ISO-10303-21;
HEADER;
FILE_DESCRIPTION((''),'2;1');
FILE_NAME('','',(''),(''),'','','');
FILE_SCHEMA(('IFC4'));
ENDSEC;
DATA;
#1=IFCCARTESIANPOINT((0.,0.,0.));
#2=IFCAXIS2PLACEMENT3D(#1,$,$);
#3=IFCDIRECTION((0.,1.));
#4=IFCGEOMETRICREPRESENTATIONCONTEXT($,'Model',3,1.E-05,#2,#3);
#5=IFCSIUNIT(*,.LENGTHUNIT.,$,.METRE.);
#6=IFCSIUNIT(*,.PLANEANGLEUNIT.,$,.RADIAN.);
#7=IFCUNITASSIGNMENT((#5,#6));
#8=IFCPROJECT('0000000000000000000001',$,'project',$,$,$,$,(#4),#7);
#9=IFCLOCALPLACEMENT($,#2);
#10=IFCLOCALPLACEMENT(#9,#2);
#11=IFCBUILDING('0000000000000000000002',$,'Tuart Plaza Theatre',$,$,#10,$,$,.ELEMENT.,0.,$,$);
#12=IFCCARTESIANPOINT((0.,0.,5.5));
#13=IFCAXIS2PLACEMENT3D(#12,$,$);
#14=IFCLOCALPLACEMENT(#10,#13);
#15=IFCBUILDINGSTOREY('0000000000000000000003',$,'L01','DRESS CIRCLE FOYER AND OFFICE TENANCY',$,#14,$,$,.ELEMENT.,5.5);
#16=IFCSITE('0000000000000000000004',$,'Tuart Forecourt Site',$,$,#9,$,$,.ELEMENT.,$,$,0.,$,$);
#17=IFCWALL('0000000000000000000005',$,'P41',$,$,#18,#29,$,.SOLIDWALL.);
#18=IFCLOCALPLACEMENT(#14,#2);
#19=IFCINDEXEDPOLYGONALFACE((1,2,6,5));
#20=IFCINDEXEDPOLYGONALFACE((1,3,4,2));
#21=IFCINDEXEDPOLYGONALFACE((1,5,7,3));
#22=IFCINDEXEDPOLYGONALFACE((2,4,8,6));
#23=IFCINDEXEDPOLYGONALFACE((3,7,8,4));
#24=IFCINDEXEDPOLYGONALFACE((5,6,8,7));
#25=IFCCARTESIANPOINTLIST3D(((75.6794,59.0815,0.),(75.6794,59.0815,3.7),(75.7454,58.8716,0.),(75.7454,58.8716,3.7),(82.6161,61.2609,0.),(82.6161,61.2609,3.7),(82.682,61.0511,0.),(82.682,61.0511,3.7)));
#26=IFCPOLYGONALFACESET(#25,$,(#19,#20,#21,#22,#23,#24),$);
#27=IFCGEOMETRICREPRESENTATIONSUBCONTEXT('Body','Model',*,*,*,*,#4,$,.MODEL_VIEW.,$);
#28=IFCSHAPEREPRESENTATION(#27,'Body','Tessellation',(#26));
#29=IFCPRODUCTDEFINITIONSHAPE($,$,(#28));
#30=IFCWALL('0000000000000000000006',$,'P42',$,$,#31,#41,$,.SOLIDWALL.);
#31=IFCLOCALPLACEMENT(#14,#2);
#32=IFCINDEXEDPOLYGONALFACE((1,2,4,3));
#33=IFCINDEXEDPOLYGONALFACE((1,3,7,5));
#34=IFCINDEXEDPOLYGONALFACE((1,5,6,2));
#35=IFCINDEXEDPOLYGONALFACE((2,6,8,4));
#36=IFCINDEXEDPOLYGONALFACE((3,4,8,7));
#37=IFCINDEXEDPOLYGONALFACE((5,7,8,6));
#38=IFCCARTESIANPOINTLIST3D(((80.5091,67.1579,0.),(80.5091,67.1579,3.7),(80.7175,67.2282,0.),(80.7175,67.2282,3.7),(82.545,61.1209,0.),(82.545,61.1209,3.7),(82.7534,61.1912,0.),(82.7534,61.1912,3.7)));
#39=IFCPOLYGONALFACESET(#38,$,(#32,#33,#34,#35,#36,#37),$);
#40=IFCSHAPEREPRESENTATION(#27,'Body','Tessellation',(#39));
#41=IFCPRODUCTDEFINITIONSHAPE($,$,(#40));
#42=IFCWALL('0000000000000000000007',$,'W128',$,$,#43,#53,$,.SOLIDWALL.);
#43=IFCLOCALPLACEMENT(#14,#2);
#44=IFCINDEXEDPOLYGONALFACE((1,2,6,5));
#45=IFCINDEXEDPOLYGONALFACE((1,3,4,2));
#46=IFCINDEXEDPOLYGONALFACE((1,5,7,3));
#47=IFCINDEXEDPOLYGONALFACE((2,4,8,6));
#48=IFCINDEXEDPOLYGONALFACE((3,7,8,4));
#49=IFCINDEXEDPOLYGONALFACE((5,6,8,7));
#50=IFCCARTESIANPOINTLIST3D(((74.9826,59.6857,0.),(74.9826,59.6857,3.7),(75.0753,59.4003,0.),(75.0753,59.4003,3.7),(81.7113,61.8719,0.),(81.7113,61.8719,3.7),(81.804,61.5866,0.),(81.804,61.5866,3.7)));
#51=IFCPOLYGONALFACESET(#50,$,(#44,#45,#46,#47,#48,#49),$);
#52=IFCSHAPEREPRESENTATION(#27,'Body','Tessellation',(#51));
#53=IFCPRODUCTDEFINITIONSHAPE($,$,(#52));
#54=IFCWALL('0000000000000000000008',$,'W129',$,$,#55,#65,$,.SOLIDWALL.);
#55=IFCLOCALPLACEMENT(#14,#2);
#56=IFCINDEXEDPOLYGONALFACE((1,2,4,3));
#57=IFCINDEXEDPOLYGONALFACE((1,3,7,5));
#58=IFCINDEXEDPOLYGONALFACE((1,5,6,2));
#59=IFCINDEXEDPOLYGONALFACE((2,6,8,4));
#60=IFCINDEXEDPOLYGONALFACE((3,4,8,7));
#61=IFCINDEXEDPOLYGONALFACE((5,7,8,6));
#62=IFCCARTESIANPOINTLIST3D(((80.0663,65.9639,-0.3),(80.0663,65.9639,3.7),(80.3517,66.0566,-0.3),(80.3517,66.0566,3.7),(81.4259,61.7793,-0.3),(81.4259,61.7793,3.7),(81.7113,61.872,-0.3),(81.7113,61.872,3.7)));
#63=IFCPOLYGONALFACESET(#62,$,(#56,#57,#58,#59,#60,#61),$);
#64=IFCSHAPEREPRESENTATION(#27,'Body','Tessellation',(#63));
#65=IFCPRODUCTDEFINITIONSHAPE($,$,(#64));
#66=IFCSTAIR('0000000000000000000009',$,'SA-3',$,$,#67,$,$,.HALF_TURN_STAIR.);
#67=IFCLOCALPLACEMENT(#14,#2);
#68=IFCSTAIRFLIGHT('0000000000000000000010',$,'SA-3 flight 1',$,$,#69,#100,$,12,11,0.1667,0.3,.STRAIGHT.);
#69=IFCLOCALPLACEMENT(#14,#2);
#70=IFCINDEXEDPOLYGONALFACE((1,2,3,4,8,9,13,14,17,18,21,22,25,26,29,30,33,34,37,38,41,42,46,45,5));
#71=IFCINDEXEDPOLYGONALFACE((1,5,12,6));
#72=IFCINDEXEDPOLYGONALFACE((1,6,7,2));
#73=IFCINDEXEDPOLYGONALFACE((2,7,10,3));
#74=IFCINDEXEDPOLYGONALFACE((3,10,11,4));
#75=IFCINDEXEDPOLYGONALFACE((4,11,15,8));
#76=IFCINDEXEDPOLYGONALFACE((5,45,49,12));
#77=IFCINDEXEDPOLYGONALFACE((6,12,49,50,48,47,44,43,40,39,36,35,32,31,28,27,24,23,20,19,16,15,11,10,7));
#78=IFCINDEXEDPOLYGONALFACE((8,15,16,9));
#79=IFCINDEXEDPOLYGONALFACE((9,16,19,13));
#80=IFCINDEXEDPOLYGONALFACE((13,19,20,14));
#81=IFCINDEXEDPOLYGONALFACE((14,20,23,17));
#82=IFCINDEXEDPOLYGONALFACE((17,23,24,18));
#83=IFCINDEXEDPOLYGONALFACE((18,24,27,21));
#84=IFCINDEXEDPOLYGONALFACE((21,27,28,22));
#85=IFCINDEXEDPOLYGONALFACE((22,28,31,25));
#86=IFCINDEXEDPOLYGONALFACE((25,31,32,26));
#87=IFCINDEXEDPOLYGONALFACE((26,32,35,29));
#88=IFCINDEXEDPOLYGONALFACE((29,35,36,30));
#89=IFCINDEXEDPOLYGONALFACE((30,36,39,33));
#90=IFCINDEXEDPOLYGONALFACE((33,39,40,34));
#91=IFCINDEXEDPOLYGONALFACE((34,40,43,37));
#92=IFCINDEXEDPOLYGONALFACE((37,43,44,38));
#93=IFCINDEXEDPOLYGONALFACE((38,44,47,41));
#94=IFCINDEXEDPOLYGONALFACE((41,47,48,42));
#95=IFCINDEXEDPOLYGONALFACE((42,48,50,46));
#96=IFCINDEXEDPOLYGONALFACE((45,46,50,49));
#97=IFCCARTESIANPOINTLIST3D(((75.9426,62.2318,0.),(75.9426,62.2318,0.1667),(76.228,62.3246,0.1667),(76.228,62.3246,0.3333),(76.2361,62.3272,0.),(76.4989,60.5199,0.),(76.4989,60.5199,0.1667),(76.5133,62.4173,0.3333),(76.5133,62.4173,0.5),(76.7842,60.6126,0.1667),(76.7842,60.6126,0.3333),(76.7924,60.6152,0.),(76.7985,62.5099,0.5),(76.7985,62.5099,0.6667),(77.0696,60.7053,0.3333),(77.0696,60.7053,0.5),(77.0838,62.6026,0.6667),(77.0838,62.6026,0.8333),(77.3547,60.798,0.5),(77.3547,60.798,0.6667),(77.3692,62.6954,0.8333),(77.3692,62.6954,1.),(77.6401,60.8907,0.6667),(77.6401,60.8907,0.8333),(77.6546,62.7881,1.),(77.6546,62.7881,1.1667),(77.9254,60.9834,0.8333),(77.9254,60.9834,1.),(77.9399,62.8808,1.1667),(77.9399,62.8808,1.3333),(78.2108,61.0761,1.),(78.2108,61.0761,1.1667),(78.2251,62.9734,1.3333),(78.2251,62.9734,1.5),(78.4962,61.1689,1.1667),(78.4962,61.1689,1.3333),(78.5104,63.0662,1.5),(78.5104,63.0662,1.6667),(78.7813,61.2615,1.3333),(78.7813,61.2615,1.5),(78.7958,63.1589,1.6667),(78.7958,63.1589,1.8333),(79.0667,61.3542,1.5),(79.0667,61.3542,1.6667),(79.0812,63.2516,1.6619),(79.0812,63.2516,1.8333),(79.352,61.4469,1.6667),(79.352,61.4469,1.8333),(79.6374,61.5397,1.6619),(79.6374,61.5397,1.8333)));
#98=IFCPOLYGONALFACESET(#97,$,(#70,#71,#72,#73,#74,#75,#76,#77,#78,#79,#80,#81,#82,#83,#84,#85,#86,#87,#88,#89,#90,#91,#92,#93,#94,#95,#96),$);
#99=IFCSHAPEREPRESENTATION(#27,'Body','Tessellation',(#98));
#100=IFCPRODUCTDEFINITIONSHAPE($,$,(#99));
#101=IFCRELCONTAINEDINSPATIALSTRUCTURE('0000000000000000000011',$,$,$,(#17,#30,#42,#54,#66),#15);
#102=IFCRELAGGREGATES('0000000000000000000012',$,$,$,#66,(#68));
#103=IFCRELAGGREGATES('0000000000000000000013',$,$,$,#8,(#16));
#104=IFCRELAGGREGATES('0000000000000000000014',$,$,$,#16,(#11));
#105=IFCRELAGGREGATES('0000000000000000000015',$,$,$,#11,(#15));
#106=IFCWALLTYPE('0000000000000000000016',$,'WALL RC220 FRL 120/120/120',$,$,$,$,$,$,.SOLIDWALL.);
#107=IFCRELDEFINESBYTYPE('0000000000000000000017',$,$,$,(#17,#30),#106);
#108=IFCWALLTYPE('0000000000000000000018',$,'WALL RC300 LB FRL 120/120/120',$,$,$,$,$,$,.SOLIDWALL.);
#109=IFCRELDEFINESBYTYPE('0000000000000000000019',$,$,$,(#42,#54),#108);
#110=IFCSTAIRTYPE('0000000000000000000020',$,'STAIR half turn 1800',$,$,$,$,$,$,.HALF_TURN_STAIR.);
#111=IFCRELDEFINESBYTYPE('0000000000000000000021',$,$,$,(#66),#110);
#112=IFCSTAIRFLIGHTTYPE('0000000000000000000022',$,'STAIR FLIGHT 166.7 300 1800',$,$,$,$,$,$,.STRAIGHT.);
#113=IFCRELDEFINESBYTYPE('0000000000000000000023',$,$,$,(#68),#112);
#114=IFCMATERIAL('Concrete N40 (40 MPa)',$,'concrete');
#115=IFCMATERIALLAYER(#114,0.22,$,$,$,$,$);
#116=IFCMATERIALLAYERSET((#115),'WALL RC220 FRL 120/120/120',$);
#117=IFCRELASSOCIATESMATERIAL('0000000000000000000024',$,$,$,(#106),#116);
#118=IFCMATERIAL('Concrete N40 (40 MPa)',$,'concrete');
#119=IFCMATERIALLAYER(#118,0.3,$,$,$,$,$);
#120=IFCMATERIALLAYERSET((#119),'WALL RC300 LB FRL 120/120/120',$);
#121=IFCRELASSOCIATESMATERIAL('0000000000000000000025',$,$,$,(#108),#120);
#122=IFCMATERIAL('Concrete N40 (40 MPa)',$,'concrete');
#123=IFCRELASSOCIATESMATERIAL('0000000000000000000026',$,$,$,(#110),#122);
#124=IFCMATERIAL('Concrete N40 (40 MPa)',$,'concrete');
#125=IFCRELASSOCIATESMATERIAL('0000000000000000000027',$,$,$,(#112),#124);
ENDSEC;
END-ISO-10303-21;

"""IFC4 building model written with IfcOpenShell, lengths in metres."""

from ifc_helpers import new_model, si_unit, direction, frame, frame_2d, origin, place, context, subcontext, project, spatial, polyline, rectangle, outline, extrude, material, layer, layer_set, type_object, element, aggregate, save


model = new_model("IFC4")

# Units and contexts
model_context = context("Model", 3, precision=1e-05, world=origin(), true_north=direction((0.0, 1.0)))
body_context = subcontext(model_context, "Body", "Model", "MODEL_VIEW")
ifc_project = project(units=[si_unit("LENGTHUNIT", "METRE"), si_unit("PLANEANGLEUNIT", "RADIAN")], contexts=[model_context])

# Site, building, storey
site_placement = place(None, origin())
site = spatial("IfcSite", under=ifc_project, at=site_placement, Name="Tuart Forecourt Site", CompositionType="ELEMENT", RefElevation=0.0)
building_placement = place(site_placement, origin())
building = spatial("IfcBuilding", under=site, at=building_placement, Name="Tuart Plaza Theatre", CompositionType="ELEMENT", ElevationOfRefHeight=0.0)
storey_placement = place(building_placement, frame((0.0, 0.0, 5.5)))
storey = spatial("IfcBuildingStorey", under=building, at=storey_placement, Name="L01", Description="DRESS CIRCLE FOYER AND OFFICE TENANCY", CompositionType="ELEMENT", Elevation=5.5)

# Walls
ifc_material_1 = material(Name="Concrete N40 (40 MPa)", Category="concrete")
ifc_layer_1 = layer(ifc_material_1, 0.22)
ifc_layer_set_1 = layer_set([ifc_layer_1], Name="WALL RC220 FRL 120/120/120")
wall_type_1 = type_object("IfcWallType", Name="WALL RC220 FRL 120/120/120", PredefinedType="SOLIDWALL", material=ifc_layer_set_1)
wall_1_placement = place(storey_placement, frame((75.7124, 58.9766, 0.0), z_axis=(0.0, 0.0, 1.0), x_axis=(0.954021, 0.299741, 0.0)))
element("IfcWall", 1, at=wall_1_placement, inside=storey, type_object=wall_type_1, Name="P41", PredefinedType="SOLIDWALL", context=body_context, shape_type="SweptSolid", body=[
    extrude(rectangle(XDim=7.271, YDim=0.22, at=frame_2d((3.6355, 0.0))), origin(), (0.0, 0.0, 1.0), 3.7),
])
wall_2_placement = place(storey_placement, frame((82.6492, 61.156, 0.0), z_axis=(0.0, 0.0, 1.0), x_axis=(-0.319548, 0.94757, 0.0)))
element("IfcWall", 2, at=wall_2_placement, inside=storey, type_object=wall_type_1, Name="P42", PredefinedType="SOLIDWALL", context=body_context, shape_type="SweptSolid", body=[
    extrude(rectangle(XDim=6.3711, YDim=0.22, at=frame_2d((3.1855, 0.0))), origin(), (0.0, 0.0, 1.0), 3.7),
])
ifc_material_2 = material(Name="Concrete N40 (40 MPa)", Category="concrete")
ifc_layer_2 = layer(ifc_material_2, 0.3)
ifc_layer_set_2 = layer_set([ifc_layer_2], Name="WALL RC300 LB FRL 120/120/120")
wall_type_2 = type_object("IfcWallType", Name="WALL RC300 LB FRL 120/120/120", PredefinedType="SOLIDWALL", material=ifc_layer_set_2)
wall_3_placement = place(storey_placement, frame((75.0288, 59.543, 0.0), z_axis=(0.0, 0.0, 1.0), x_axis=(0.951058, 0.309014, 0.0)))
element("IfcWall", 3, at=wall_3_placement, inside=storey, type_object=wall_type_2, Name="W128", PredefinedType="SOLIDWALL", context=body_context, shape_type="SweptSolid", body=[
    extrude(rectangle(XDim=7.075, YDim=0.3, at=frame_2d((3.5376, 0.0))), origin(), (0.0, 0.0, 1.0), 3.7),
])
wall_4_placement = place(storey_placement, frame((81.5686, 61.8257, -0.3), z_axis=(0.0, 0.0, 1.0), x_axis=(-0.309011, 0.951059, 0.0)))
element("IfcWall", 4, at=wall_4_placement, inside=storey, type_object=wall_type_2, Name="W129", PredefinedType="SOLIDWALL", context=body_context, shape_type="SweptSolid", body=[
    extrude(rectangle(XDim=4.3999, YDim=0.3, at=frame_2d((2.2, 0.0))), origin(), (0.0, 0.0, 1.0), 4.0),
])

# Stair, stair flight
ifc_material_3 = material(Name="Concrete N40 (40 MPa)", Category="concrete")
stair_type = type_object("IfcStairType", Name="STAIR half turn 1800", PredefinedType="HALF_TURN_STAIR", material=ifc_material_3)
stair_placement = place(storey_placement, origin())
stair = element("IfcStair", 5, at=stair_placement, inside=storey, type_object=stair_type, Name="SA-3", PredefinedType="HALF_TURN_STAIR")
ifc_material_4 = material(Name="Concrete N40 (40 MPa)", Category="concrete")
stair_flight_type = type_object("IfcStairFlightType", Name="STAIR FLIGHT 166.7 300 1800", PredefinedType="STRAIGHT", material=ifc_material_4)
stair_flight_placement = place(storey_placement, frame((76.2207, 61.376, 0.0), z_axis=(0.0, 0.0, 1.0), x_axis=(0.951057, 0.309017, 0.0)))
stair_flight = element("IfcStairFlight", 6, at=stair_flight_placement, type_object=stair_flight_type, Name="SA-3 flight 1", NumberOfRisers=12, NumberOfTreads=11, PredefinedType="STRAIGHT", RiserHeight=0.1667, TreadLength=0.3, context=body_context, shape_type="SweptSolid", body=[
    extrude(outline(polyline([(0.0, 0.0), (0.0, 0.1667), (0.3, 0.1667), (0.3, 0.3333), (0.6001, 0.3333), (0.6001, 0.5), (0.8999, 0.5), (0.8999, 0.6667), (1.2, 0.6667), (1.2, 0.8333), (1.5, 0.8333), (1.5, 1.0), (1.8, 1.0), (1.8, 1.1667), (2.1001, 1.1667), (2.1001, 1.3333), (2.3999, 1.3333), (2.3999, 1.5), (2.7, 1.5), (2.7, 1.6667), (3.0, 1.6667), (3.0, 1.8333), (3.3, 1.8333), (3.3, 2.0), (3.3, 1.6619), (0.3086, 0.0), (0.0, 0.0)])), frame((0.0, 0.8999, 0.0), z_axis=(0.0, -1.0, 0.0), x_axis=(1.0, 0.0, 0.0)), (0.0, 0.0, 1.0), 1.8),
])
aggregate(stair, [stair_flight])

save(model, "model.ifc")
